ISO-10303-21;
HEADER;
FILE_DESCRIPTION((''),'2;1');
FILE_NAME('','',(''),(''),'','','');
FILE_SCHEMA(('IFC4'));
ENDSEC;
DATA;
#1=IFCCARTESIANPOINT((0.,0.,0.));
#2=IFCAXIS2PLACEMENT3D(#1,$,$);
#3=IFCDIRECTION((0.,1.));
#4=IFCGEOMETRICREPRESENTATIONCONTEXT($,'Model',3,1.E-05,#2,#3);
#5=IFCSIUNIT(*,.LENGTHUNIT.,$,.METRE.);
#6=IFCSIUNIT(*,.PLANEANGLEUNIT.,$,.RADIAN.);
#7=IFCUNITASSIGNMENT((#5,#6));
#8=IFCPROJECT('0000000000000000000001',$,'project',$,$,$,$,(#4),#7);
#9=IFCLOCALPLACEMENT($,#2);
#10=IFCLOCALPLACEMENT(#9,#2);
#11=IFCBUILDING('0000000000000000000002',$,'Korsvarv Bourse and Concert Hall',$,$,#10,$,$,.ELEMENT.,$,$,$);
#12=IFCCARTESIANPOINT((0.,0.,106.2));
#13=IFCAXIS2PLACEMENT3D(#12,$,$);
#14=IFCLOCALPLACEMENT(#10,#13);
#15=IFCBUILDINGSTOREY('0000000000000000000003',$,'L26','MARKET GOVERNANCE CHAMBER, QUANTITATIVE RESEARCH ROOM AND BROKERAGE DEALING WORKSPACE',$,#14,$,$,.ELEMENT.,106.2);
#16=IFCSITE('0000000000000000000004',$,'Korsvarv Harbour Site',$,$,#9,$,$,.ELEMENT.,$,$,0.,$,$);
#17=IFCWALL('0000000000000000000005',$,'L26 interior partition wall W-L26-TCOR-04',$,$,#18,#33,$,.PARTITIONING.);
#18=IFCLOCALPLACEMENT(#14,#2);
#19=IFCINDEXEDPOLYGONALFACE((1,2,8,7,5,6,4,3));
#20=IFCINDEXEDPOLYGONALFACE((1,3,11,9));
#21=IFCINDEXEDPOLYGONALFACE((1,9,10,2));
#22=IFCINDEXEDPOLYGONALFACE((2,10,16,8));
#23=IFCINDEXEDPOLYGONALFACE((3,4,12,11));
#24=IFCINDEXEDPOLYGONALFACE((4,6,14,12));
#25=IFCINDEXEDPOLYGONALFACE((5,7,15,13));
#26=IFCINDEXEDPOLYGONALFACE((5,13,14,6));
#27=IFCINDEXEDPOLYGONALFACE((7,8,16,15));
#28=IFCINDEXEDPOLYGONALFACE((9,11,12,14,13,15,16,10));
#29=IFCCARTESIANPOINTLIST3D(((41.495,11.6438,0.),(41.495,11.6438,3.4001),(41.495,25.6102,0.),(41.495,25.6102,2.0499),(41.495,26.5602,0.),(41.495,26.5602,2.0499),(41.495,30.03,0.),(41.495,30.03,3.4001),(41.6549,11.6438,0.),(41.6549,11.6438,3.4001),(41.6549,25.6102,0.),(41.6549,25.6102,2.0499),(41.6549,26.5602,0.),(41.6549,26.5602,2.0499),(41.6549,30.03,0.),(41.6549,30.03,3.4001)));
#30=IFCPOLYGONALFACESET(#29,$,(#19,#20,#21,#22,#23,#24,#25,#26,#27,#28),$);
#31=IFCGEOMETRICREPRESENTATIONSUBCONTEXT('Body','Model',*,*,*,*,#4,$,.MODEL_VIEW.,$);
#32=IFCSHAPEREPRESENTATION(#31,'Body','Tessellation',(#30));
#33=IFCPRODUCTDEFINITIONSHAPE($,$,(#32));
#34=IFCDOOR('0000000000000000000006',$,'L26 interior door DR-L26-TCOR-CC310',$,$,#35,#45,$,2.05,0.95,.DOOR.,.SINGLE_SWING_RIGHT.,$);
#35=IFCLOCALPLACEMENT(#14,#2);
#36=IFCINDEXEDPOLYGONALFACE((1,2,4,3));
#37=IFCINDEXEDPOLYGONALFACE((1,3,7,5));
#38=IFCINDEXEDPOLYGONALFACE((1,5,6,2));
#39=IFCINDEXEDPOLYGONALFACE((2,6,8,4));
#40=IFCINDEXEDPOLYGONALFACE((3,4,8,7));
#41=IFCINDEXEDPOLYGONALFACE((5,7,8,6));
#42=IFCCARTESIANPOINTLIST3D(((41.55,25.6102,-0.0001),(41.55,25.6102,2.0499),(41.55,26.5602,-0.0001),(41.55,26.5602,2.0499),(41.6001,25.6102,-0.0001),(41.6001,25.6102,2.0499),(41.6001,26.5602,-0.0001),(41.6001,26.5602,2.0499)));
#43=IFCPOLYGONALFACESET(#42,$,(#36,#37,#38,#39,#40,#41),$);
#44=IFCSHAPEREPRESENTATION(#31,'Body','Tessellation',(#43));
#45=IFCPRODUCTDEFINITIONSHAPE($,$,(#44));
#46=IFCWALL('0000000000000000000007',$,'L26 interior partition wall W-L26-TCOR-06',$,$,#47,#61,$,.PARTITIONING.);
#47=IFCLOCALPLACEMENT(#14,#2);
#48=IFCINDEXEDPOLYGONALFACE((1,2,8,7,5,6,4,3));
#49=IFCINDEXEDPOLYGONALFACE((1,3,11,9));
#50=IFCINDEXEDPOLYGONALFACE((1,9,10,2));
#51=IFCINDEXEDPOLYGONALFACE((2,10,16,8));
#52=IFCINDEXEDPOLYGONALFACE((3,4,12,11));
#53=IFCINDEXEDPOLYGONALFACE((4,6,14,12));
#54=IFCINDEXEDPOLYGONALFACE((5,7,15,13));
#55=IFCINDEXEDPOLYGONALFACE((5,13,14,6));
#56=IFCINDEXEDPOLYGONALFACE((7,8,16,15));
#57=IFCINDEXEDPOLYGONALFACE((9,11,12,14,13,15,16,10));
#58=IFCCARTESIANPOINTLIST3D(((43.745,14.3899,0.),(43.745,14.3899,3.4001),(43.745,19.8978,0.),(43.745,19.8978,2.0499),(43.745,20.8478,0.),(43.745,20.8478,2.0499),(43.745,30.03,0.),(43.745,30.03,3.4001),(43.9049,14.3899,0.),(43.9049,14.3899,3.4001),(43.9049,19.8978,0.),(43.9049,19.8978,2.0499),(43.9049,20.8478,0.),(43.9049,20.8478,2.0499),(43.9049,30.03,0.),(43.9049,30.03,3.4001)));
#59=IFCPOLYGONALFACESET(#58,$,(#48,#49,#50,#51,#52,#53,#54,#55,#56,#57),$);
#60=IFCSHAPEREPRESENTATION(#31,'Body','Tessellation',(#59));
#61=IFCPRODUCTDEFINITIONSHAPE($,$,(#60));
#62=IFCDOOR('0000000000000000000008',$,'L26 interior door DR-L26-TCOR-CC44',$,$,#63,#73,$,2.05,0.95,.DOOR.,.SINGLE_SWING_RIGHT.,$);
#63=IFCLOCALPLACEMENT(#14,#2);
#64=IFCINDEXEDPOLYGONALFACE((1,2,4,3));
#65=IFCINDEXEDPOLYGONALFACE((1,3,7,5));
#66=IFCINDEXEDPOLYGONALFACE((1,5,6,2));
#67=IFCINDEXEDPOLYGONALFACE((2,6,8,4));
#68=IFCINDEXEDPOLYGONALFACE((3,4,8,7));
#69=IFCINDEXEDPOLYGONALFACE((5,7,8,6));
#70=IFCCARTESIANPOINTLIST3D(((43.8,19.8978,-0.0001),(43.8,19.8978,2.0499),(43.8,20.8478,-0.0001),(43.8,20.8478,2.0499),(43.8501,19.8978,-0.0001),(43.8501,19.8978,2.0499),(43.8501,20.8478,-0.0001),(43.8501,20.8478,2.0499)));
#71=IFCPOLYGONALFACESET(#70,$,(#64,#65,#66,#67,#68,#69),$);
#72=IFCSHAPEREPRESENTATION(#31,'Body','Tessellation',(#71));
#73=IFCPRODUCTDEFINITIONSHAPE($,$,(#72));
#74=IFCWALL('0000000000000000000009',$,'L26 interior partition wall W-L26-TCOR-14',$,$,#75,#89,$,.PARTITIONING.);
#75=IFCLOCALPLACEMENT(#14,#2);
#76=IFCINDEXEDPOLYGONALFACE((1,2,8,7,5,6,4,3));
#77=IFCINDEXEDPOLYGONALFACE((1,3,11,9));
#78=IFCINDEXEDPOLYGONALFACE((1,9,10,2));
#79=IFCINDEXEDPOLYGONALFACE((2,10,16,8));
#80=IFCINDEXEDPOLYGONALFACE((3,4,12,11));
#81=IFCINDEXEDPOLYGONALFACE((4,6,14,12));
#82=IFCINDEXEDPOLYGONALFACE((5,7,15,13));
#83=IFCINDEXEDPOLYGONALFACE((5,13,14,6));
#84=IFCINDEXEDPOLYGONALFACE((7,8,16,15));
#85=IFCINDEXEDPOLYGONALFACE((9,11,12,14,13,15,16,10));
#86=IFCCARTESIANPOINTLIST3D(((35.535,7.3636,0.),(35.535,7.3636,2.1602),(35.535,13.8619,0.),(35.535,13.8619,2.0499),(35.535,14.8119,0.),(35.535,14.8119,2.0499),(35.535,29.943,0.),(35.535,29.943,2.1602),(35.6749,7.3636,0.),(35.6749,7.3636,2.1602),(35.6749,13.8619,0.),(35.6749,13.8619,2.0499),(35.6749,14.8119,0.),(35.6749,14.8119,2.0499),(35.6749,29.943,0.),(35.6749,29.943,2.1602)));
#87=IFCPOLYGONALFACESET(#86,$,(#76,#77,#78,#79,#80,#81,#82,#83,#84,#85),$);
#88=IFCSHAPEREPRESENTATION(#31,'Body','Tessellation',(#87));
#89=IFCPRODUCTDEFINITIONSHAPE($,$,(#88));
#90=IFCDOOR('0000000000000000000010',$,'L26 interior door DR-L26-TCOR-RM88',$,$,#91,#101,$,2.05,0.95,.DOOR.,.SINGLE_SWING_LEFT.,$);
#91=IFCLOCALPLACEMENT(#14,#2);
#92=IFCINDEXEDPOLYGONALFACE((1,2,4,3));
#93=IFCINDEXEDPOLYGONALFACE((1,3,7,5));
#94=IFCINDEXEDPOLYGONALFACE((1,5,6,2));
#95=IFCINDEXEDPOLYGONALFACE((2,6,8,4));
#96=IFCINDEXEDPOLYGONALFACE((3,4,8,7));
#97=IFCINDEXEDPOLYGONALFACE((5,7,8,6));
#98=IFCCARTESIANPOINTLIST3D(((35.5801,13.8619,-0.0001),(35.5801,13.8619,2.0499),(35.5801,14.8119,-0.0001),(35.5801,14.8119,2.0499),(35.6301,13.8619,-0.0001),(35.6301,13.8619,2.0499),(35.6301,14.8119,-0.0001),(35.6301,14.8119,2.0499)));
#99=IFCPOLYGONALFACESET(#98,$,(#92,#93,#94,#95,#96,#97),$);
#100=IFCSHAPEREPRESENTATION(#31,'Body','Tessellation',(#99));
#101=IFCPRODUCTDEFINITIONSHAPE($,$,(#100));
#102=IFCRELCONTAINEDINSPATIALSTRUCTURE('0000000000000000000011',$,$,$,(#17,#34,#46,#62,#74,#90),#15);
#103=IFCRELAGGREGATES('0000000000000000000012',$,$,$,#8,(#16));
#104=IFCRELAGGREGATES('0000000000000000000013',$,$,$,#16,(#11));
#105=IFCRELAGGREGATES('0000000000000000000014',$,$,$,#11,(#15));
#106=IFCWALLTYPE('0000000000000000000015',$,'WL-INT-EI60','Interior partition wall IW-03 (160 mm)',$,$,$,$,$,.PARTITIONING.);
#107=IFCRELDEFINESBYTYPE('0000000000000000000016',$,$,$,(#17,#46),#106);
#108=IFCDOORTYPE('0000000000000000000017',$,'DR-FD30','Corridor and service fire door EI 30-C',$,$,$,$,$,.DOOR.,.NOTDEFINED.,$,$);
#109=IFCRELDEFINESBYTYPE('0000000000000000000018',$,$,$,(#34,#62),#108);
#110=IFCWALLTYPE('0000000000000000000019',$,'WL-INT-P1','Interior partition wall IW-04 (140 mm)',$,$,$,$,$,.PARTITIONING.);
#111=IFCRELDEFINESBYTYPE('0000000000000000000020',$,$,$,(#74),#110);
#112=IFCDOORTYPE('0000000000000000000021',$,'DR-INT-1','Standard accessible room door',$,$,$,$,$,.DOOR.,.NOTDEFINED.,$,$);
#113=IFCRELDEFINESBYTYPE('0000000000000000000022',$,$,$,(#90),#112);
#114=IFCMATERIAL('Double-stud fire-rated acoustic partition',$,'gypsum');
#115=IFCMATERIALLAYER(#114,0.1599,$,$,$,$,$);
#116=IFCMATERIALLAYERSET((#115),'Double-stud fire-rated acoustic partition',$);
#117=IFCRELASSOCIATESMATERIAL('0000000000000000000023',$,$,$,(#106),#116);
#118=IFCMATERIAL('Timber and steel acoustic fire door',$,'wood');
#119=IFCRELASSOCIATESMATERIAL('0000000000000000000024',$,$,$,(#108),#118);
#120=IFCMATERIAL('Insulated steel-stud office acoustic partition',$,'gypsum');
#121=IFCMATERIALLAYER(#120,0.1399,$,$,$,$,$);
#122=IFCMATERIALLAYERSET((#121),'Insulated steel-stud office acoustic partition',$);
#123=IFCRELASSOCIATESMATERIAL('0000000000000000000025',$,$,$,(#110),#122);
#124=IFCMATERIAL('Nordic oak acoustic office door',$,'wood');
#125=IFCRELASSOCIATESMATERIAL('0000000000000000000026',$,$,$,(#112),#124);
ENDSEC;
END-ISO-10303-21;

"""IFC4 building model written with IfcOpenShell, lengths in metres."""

from ifc_helpers import new_model, si_unit, direction, frame, frame_2d, origin, place, context, subcontext, project, spatial, rectangle, extrude, material, layer, layer_set, type_object, element, fill, save


model = new_model("IFC4")

# Units and contexts
model_context = context("Model", 3, precision=1e-05, world=origin(), true_north=direction((0.0, 1.0)))
body_context = subcontext(model_context, "Body", "Model", "MODEL_VIEW")
ifc_project = project(units=[si_unit("LENGTHUNIT", "METRE"), si_unit("PLANEANGLEUNIT", "RADIAN")], contexts=[model_context])

# Site, building, storey
site_placement = place(None, origin())
site = spatial("IfcSite", under=ifc_project, at=site_placement, Name="Korsvarv Harbour Site", CompositionType="ELEMENT", RefElevation=0.0)
building_placement = place(site_placement, origin())
building = spatial("IfcBuilding", under=site, at=building_placement, Name="Korsvarv Bourse and Concert Hall", CompositionType="ELEMENT")
storey_placement = place(building_placement, frame((0.0, 0.0, 106.2)))
storey = spatial("IfcBuildingStorey", under=building, at=storey_placement, Name="L26", Description="MARKET GOVERNANCE CHAMBER, QUANTITATIVE RESEARCH ROOM AND BROKERAGE DEALING WORKSPACE", CompositionType="ELEMENT", Elevation=106.2)

# Walls, openings, doors
ifc_material_1 = material(Name="Double-stud fire-rated acoustic partition", Category="gypsum")
ifc_layer_1 = layer(ifc_material_1, 0.1599)
ifc_layer_set_1 = layer_set([ifc_layer_1], Name="Double-stud fire-rated acoustic partition")
wall_type_1 = type_object("IfcWallType", Name="WL-INT-EI60", Description="Interior partition wall IW-03 (160 mm)", PredefinedType="PARTITIONING", material=ifc_layer_set_1)
wall_1_placement = place(storey_placement, frame((41.575, 11.6438, 0.0), z_axis=(0.0, 0.0, 1.0), x_axis=(0.0, 1.0, 0.0)))
wall_1 = element("IfcWall", 1, at=wall_1_placement, inside=storey, type_object=wall_type_1, Name="L26 interior partition wall W-L26-TCOR-04", PredefinedType="PARTITIONING", context=body_context, shape_type="SweptSolid", body=[
    extrude(rectangle(XDim=18.3862, YDim=0.1599, at=frame_2d((9.1931, 0.0))), origin(), (0.0, 0.0, 1.0), 3.4001),
])
opening_1_placement = place(wall_1_placement, frame((13.9663, 0.0, 0.0)))
opening_1 = element("IfcOpeningElement", 2, at=opening_1_placement, cuts=wall_1, PredefinedType="OPENING", context=body_context, shape_type="SweptSolid", body=[
    extrude(rectangle(XDim=0.95, YDim=2.05, at=frame_2d((0.4751, 1.0249))), frame((0.0, 0.0898, 0.0), z_axis=(0.0, -1.0, 0.0), x_axis=(1.0, 0.0, 0.0)), (0.0, 0.0, 1.0), 0.1799),
])
ifc_material_2 = material(Name="Timber and steel acoustic fire door", Category="wood")
door_type_1 = type_object("IfcDoorType", Name="DR-FD30", Description="Corridor and service fire door EI 30-C", OperationType="NOTDEFINED", PredefinedType="DOOR", material=ifc_material_2)
door_1_placement = place(opening_1_placement, origin())
door_1 = element("IfcDoor", 3, at=door_1_placement, inside=storey, type_object=door_type_1, Name="L26 interior door DR-L26-TCOR-CC310", OperationType="SINGLE_SWING_RIGHT", OverallHeight=2.05, OverallWidth=0.95, PredefinedType="DOOR", context=body_context, shape_type="SweptSolid", body=[
    extrude(rectangle(XDim=0.95, YDim=2.05, at=frame_2d((0.4751, 1.0249))), frame((0.0, 0.0249, 0.0), z_axis=(0.0, -1.0, 0.0), x_axis=(1.0, 0.0, 0.0)), (0.0, 0.0, 1.0), 0.05),
])
fill(opening_1, door_1)
wall_2_placement = place(storey_placement, frame((43.825, 14.3899, 0.0), z_axis=(0.0, 0.0, 1.0), x_axis=(0.0, 1.0, 0.0)))
wall_2 = element("IfcWall", 4, at=wall_2_placement, inside=storey, type_object=wall_type_1, Name="L26 interior partition wall W-L26-TCOR-06", PredefinedType="PARTITIONING", context=body_context, shape_type="SweptSolid", body=[
    extrude(rectangle(XDim=15.6401, YDim=0.1599, at=frame_2d((7.8201, 0.0))), origin(), (0.0, 0.0, 1.0), 3.4001),
])
opening_2_placement = place(wall_2_placement, frame((5.5078, 0.0, 0.0)))
opening_2 = element("IfcOpeningElement", 5, at=opening_2_placement, cuts=wall_2, PredefinedType="OPENING", context=body_context, shape_type="SweptSolid", body=[
    extrude(rectangle(XDim=0.95, YDim=2.05, at=frame_2d((0.4751, 1.0249))), frame((0.0, 0.0898, 0.0), z_axis=(0.0, -1.0, 0.0), x_axis=(1.0, 0.0, 0.0)), (0.0, 0.0, 1.0), 0.1799),
])
door_2_placement = place(opening_2_placement, origin())
door_2 = element("IfcDoor", 6, at=door_2_placement, inside=storey, type_object=door_type_1, Name="L26 interior door DR-L26-TCOR-CC44", OperationType="SINGLE_SWING_RIGHT", OverallHeight=2.05, OverallWidth=0.95, PredefinedType="DOOR", context=body_context, shape_type="SweptSolid", body=[
    extrude(rectangle(XDim=0.95, YDim=2.05, at=frame_2d((0.4751, 1.0249))), frame((0.0, 0.0249, 0.0), z_axis=(0.0, -1.0, 0.0), x_axis=(1.0, 0.0, 0.0)), (0.0, 0.0, 1.0), 0.05),
])
fill(opening_2, door_2)
ifc_material_3 = material(Name="Insulated steel-stud office acoustic partition", Category="gypsum")
ifc_layer_2 = layer(ifc_material_3, 0.1399)
ifc_layer_set_2 = layer_set([ifc_layer_2], Name="Insulated steel-stud office acoustic partition")
wall_type_2 = type_object("IfcWallType", Name="WL-INT-P1", Description="Interior partition wall IW-04 (140 mm)", PredefinedType="PARTITIONING", material=ifc_layer_set_2)
wall_3_placement = place(storey_placement, frame((35.605, 7.3638, 0.0), z_axis=(0.0, 0.0, 1.0), x_axis=(0.0, 1.0, 0.0)))
wall_3 = element("IfcWall", 7, at=wall_3_placement, inside=storey, type_object=wall_type_2, Name="L26 interior partition wall W-L26-TCOR-14", PredefinedType="PARTITIONING", context=body_context, shape_type="SweptSolid", body=[
    extrude(rectangle(XDim=22.5793, YDim=0.1399, at=frame_2d((11.2896, 0.0))), origin(), (0.0, 0.0, 1.0), 2.1602),
])
opening_3_placement = place(wall_3_placement, frame((6.498, 0.0, 0.0)))
opening_3 = element("IfcOpeningElement", 8, at=opening_3_placement, cuts=wall_3, PredefinedType="OPENING", context=body_context, shape_type="SweptSolid", body=[
    extrude(rectangle(XDim=0.95, YDim=2.05, at=frame_2d((0.4751, 1.0249))), frame((0.0, 0.0801, 0.0), z_axis=(0.0, -1.0, 0.0), x_axis=(1.0, 0.0, 0.0)), (0.0, 0.0, 1.0), 0.1599),
])
ifc_material_4 = material(Name="Nordic oak acoustic office door", Category="wood")
door_type_2 = type_object("IfcDoorType", Name="DR-INT-1", Description="Standard accessible room door", OperationType="NOTDEFINED", PredefinedType="DOOR", material=ifc_material_4)
door_3_placement = place(opening_3_placement, origin())
door_3 = element("IfcDoor", 9, at=door_3_placement, inside=storey, type_object=door_type_2, Name="L26 interior door DR-L26-TCOR-RM88", OperationType="SINGLE_SWING_LEFT", OverallHeight=2.05, OverallWidth=0.95, PredefinedType="DOOR", context=body_context, shape_type="SweptSolid", body=[
    extrude(rectangle(XDim=0.95, YDim=2.05, at=frame_2d((0.4751, 1.0249))), frame((0.0, 0.0249, 0.0), z_axis=(0.0, -1.0, 0.0), x_axis=(1.0, 0.0, 0.0)), (0.0, 0.0, 1.0), 0.05),
])
fill(opening_3, door_3)

save(model, "model.ifc")
